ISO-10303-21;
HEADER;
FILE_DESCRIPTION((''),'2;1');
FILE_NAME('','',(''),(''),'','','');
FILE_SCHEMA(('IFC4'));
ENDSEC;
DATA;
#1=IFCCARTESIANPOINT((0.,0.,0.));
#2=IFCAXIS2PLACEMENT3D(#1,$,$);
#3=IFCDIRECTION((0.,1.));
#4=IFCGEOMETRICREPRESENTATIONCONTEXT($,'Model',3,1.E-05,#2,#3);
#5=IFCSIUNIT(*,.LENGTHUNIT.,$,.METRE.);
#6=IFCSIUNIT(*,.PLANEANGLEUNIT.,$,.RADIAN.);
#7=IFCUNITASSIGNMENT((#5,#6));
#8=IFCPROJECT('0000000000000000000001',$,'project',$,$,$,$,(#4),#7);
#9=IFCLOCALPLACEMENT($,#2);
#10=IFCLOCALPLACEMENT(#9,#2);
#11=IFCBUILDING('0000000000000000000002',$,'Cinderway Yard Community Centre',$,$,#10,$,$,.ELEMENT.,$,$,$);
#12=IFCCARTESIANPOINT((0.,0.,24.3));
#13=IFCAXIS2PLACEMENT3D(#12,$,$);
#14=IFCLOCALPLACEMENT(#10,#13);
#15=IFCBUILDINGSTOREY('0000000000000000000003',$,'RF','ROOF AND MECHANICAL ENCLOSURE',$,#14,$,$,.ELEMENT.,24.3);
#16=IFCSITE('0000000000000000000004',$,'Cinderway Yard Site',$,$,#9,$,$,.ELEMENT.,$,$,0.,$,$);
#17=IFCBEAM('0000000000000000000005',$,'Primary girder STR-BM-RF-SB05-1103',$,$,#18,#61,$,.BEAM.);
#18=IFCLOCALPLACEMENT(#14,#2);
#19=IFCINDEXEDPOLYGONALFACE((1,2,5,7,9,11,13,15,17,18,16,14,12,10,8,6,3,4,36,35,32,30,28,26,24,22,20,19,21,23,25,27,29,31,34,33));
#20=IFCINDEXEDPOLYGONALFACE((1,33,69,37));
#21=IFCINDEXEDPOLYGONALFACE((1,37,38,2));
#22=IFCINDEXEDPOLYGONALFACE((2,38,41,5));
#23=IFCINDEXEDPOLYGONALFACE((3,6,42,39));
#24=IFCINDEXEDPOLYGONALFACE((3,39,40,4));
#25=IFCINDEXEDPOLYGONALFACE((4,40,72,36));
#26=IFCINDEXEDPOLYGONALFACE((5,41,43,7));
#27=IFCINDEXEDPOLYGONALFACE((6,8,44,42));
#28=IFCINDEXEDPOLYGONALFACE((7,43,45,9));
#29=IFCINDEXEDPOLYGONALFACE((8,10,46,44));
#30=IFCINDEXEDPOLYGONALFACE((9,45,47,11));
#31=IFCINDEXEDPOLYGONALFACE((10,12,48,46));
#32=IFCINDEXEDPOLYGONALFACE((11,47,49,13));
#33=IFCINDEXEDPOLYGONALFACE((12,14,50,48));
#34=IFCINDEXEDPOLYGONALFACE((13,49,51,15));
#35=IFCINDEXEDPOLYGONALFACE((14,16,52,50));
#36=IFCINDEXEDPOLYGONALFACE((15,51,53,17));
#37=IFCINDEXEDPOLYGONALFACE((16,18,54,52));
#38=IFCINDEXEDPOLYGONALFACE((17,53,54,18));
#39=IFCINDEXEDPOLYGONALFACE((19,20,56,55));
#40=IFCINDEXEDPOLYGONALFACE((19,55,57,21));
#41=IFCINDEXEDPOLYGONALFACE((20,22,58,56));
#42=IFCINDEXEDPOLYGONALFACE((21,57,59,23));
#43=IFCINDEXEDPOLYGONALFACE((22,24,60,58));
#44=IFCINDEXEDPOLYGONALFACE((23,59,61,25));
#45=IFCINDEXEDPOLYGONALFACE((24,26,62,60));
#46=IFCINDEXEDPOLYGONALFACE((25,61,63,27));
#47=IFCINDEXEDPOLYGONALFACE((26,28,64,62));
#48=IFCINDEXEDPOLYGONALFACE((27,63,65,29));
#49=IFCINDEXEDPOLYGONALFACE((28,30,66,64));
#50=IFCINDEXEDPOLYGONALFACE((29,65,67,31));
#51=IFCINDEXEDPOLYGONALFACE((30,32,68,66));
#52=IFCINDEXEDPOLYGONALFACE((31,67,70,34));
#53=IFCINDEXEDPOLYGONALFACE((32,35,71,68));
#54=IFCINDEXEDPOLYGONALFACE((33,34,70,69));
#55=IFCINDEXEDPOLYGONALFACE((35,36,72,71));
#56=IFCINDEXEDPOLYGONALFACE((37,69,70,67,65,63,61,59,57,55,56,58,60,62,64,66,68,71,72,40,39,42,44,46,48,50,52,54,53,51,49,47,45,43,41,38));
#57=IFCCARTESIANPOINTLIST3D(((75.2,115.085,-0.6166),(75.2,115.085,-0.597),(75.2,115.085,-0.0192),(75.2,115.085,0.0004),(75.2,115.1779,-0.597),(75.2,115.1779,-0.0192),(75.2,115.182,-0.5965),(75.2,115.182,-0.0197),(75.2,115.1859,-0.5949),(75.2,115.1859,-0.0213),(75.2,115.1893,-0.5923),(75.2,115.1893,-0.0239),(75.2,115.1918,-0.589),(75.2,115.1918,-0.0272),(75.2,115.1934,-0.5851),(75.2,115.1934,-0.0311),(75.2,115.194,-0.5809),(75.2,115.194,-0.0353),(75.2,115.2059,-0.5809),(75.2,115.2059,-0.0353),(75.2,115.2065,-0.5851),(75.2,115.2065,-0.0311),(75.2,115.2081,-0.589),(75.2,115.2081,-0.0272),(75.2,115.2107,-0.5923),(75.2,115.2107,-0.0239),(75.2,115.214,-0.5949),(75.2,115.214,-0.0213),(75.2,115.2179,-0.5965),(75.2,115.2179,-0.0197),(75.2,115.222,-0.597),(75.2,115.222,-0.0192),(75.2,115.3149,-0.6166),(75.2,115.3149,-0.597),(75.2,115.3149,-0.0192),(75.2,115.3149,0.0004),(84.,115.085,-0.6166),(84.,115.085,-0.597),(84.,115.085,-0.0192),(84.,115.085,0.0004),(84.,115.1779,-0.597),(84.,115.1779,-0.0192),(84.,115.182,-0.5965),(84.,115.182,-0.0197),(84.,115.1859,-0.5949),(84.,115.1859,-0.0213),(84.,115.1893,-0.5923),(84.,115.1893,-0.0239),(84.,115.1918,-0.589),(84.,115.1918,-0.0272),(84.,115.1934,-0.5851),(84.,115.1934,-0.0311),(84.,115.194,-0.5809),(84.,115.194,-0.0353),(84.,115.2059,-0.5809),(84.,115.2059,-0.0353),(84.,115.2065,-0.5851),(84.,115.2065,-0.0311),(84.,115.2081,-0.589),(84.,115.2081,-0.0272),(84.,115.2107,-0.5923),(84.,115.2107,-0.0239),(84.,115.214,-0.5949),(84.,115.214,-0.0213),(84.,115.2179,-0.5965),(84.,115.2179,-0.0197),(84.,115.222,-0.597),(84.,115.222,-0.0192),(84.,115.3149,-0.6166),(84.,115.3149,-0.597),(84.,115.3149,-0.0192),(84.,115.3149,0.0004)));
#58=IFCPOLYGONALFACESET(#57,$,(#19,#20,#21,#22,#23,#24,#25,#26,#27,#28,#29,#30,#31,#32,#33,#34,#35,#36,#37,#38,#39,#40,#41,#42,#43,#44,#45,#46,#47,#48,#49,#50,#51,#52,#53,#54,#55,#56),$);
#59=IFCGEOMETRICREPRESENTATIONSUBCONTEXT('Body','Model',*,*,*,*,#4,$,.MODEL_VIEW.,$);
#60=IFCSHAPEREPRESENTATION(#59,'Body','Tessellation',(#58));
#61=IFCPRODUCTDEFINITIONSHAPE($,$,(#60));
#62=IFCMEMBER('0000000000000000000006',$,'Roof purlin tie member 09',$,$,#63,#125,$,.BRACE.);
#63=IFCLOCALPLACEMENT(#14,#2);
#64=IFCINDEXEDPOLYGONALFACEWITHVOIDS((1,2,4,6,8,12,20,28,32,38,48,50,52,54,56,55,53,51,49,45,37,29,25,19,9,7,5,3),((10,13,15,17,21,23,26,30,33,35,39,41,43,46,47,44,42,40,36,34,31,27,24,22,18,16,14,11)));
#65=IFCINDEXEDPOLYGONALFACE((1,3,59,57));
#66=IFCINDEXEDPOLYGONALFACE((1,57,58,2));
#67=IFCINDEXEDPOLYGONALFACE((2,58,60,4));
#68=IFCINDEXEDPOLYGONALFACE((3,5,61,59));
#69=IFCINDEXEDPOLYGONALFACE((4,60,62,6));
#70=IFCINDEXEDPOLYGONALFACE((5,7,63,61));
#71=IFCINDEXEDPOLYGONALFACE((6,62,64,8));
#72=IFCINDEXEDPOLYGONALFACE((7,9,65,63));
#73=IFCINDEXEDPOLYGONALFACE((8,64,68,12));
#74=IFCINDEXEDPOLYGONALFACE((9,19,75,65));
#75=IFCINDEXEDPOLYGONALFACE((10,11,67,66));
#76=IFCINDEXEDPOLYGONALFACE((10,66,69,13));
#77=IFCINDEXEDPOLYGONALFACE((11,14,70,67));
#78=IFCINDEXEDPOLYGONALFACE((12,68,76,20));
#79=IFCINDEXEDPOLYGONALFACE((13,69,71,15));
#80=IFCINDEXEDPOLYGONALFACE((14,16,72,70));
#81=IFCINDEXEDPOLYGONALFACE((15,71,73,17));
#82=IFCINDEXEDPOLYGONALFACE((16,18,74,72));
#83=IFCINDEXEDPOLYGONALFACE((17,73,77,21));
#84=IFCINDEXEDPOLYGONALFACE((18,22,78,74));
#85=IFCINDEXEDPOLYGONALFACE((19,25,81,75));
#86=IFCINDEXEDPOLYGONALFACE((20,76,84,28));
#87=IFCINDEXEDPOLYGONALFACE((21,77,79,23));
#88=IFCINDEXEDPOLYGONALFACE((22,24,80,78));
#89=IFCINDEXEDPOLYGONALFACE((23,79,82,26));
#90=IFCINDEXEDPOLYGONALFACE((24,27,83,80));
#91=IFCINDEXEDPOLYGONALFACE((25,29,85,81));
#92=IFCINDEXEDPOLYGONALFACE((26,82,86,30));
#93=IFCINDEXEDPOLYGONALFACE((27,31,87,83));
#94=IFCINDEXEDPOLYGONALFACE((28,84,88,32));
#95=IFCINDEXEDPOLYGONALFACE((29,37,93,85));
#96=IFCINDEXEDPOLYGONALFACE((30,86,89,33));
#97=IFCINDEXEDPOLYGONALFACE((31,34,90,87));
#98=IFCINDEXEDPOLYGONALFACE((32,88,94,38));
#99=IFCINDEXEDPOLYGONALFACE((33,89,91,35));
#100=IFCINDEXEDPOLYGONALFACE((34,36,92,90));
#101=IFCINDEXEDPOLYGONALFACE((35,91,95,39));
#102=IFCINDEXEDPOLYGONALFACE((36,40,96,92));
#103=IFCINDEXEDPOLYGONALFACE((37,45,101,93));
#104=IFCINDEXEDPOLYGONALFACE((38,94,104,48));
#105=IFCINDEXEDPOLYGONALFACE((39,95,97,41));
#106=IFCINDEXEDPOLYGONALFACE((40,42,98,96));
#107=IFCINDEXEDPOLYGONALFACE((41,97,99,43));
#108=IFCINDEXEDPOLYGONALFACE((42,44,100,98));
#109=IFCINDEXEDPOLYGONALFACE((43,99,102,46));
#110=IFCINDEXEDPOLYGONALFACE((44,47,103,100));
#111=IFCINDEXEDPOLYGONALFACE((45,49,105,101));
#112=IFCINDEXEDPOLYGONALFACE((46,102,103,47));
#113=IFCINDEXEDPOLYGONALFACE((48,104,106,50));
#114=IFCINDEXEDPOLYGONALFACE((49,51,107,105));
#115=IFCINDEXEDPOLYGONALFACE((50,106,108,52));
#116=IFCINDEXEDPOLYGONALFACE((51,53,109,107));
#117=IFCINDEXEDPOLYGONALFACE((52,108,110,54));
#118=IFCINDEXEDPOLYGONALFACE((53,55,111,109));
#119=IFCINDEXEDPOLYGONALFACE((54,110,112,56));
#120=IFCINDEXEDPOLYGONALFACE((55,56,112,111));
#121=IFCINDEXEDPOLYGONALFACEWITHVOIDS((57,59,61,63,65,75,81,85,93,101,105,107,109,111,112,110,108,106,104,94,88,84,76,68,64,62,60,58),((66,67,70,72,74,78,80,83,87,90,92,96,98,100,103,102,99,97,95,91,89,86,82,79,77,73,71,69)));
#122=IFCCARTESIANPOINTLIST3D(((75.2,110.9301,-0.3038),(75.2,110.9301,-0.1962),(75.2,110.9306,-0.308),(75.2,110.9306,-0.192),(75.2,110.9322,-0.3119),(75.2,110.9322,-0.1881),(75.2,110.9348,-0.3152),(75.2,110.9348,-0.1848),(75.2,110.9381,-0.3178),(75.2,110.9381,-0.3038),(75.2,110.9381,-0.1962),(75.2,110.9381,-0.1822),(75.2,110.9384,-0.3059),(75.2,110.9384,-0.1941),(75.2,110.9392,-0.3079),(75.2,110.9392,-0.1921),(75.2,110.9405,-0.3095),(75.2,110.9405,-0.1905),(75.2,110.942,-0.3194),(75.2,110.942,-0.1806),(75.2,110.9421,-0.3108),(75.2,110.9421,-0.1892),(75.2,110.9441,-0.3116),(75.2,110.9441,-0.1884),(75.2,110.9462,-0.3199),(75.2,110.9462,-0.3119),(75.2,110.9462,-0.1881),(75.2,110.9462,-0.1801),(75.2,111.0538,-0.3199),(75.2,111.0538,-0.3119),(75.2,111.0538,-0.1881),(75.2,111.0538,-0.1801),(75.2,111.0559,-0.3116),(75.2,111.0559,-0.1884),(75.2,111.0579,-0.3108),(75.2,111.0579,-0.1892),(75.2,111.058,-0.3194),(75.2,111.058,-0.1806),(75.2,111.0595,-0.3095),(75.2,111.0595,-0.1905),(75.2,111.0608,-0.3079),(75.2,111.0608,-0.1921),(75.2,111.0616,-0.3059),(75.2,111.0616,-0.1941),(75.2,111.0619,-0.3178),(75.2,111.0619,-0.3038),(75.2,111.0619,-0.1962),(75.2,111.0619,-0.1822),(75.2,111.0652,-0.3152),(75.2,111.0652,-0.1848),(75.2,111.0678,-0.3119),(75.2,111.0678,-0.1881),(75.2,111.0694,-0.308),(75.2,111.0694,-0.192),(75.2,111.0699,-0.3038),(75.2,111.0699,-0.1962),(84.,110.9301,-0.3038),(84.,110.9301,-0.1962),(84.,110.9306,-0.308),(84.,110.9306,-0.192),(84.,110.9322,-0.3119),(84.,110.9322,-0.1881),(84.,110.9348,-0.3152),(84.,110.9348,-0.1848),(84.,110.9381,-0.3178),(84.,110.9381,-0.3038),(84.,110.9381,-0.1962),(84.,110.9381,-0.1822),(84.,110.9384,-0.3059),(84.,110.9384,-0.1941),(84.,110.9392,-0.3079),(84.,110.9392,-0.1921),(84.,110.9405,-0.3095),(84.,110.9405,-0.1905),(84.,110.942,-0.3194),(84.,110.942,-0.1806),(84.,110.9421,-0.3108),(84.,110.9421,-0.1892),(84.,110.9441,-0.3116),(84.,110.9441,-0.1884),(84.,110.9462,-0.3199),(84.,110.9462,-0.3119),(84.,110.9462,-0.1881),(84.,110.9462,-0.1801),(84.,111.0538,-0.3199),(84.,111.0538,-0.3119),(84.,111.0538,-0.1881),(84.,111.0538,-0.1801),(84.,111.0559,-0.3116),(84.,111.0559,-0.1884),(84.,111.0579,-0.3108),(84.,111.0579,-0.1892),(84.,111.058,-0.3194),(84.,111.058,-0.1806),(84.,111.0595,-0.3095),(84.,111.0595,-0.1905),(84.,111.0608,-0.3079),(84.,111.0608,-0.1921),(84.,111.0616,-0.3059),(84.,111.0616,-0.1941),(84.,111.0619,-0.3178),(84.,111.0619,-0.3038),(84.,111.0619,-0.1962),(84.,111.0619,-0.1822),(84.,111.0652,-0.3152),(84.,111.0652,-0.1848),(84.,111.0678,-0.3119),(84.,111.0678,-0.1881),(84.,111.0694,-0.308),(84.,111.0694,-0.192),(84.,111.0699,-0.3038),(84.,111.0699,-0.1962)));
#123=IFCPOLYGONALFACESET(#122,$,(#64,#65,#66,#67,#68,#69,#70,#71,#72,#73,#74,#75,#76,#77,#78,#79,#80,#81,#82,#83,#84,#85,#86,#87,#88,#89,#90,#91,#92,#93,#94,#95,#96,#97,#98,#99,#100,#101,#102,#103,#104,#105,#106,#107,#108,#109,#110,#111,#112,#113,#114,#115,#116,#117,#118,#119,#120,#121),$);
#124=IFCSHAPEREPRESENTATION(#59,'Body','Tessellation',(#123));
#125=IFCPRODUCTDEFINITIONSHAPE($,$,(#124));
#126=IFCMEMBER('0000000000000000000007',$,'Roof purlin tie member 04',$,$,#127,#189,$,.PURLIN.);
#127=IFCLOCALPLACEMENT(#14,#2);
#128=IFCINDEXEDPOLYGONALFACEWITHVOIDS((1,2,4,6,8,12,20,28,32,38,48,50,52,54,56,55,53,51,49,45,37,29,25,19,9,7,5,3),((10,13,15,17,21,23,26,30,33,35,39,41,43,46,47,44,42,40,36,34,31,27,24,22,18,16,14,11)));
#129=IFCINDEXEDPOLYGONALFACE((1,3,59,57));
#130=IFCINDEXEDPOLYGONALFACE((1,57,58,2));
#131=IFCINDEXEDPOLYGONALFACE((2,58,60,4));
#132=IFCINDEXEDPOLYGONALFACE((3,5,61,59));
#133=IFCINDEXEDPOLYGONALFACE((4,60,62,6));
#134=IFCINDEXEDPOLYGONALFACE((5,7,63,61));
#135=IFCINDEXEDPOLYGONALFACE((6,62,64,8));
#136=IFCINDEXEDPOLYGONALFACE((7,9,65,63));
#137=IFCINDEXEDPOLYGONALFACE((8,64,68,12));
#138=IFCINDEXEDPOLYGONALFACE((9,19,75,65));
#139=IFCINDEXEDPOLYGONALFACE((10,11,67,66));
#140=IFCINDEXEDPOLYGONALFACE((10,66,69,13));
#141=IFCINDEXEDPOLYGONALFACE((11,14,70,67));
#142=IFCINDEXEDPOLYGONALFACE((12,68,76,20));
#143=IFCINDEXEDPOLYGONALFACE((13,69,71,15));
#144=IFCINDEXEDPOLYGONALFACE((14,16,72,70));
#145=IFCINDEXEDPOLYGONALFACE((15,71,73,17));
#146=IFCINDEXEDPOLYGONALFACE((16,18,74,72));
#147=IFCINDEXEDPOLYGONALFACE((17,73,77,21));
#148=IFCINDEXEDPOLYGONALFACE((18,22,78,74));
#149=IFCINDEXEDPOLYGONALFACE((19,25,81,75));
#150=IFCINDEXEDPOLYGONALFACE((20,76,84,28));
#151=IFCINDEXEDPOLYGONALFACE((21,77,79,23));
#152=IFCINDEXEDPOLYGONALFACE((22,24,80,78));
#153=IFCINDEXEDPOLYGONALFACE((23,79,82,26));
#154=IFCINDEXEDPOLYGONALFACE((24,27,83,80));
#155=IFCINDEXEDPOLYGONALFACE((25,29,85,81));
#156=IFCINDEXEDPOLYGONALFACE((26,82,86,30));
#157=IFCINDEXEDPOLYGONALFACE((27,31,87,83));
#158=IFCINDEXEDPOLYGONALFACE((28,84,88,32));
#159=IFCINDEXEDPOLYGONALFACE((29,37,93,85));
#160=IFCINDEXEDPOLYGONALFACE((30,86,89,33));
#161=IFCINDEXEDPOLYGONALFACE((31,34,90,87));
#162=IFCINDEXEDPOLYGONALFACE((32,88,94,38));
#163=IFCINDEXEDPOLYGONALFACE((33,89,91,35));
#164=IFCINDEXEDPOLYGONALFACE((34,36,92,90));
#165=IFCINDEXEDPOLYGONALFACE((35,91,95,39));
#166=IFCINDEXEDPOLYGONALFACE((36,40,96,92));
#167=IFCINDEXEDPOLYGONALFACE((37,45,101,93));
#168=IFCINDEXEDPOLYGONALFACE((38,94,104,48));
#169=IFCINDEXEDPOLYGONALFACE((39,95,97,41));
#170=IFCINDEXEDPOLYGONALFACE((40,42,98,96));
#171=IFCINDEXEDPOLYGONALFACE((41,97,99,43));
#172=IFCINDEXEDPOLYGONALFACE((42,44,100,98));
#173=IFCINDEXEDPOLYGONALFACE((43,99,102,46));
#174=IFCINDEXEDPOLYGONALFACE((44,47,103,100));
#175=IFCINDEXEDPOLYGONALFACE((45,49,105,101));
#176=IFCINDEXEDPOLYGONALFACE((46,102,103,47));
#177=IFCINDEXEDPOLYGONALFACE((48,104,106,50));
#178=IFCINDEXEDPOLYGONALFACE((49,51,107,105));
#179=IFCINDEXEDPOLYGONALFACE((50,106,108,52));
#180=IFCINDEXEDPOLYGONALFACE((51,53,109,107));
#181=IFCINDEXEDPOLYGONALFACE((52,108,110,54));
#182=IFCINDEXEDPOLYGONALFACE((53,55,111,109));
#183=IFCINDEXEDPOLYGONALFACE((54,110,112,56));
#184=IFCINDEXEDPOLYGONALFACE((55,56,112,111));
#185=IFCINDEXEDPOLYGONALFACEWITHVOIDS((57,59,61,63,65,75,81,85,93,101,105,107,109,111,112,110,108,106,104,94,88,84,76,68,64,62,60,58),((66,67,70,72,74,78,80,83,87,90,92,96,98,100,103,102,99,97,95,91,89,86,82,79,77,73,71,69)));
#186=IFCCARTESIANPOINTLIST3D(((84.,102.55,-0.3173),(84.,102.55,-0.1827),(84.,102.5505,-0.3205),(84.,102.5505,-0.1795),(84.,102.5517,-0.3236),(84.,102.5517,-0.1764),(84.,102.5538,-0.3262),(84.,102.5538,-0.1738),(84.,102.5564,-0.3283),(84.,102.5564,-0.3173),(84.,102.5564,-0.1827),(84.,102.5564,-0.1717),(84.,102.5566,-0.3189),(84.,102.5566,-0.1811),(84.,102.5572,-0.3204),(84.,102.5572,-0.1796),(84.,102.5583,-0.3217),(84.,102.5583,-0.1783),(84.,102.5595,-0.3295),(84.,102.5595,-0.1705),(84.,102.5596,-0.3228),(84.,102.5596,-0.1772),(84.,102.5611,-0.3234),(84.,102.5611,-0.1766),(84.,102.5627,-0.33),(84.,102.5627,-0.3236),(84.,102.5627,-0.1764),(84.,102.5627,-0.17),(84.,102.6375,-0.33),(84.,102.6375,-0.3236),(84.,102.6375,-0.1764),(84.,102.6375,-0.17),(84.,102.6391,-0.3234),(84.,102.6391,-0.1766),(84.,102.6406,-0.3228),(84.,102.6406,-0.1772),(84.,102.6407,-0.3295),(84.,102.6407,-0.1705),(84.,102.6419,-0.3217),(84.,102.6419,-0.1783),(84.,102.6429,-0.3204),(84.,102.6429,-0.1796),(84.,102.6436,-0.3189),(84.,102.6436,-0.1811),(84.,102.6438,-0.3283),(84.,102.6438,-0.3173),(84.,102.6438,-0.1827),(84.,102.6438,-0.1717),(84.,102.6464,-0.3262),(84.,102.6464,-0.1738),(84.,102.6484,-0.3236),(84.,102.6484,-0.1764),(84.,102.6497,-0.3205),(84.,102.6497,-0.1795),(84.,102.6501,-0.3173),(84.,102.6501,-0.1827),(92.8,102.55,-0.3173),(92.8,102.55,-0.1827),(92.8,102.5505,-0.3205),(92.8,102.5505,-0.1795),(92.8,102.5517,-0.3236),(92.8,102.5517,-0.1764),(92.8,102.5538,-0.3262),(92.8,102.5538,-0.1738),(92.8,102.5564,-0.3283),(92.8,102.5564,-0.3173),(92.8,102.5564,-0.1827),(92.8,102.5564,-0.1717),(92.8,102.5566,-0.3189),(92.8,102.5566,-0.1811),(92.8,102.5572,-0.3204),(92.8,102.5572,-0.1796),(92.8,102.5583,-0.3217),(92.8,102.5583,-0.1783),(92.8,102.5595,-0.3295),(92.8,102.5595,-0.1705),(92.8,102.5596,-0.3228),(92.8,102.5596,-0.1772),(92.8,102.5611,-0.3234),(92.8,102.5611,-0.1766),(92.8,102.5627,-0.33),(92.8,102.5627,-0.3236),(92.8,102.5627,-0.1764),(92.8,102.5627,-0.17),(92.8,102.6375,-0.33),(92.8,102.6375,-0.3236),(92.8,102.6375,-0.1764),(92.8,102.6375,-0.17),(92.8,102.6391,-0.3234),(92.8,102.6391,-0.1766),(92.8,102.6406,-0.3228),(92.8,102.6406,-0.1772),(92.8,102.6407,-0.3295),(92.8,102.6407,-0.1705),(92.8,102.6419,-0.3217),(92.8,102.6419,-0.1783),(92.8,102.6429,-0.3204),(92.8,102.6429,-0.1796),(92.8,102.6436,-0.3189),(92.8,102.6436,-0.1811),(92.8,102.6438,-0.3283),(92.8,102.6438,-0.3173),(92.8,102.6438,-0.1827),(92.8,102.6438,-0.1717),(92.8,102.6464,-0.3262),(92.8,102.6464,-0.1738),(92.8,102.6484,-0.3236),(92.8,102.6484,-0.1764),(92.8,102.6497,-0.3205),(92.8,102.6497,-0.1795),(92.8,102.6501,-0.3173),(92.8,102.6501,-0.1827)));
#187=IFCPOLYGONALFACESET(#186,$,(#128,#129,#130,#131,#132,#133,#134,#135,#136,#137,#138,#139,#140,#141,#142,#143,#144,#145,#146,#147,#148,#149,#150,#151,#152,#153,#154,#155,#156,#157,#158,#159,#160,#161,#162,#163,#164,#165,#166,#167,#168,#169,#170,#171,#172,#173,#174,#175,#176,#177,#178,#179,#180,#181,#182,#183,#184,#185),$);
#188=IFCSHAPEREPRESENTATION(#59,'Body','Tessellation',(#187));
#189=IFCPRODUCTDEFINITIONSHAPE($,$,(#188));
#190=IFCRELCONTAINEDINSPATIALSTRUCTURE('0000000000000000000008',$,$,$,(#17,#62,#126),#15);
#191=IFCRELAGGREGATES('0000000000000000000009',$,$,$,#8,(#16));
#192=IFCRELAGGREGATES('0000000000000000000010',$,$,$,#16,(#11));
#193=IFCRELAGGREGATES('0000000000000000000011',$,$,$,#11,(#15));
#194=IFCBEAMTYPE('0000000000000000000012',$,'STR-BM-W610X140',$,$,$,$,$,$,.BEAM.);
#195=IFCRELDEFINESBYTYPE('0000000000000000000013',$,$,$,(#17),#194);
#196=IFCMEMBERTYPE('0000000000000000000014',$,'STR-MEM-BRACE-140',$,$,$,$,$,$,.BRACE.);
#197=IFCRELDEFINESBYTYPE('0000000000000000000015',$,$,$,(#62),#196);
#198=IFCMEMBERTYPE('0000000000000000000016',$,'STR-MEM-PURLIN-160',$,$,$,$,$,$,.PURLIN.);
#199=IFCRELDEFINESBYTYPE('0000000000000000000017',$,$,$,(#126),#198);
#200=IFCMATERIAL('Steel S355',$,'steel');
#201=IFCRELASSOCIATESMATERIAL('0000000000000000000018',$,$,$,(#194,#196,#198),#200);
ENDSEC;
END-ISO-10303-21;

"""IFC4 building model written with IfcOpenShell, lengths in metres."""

from ifc_helpers import new_model, si_unit, direction, frame, origin, origin_2d, place, context, subcontext, project, spatial, hollow_rectangle, i_section, extrude, material, material_profile, profile_set, type_object, element, save


model = new_model("IFC4")

# Units and contexts
model_context = context("Model", 3, precision=1e-05, world=origin(), true_north=direction((0.0, 1.0)))
body_context = subcontext(model_context, "Body", "Model", "MODEL_VIEW")
ifc_project = project(units=[si_unit("LENGTHUNIT", "METRE"), si_unit("PLANEANGLEUNIT", "RADIAN")], contexts=[model_context])

# Site, building, storey
site_placement = place(None, origin())
site = spatial("IfcSite", under=ifc_project, at=site_placement, Name="Cinderway Yard Site", CompositionType="ELEMENT", RefElevation=0.0)
building_placement = place(site_placement, origin())
building = spatial("IfcBuilding", under=site, at=building_placement, Name="Cinderway Yard Community Centre", CompositionType="ELEMENT")
storey_placement = place(building_placement, frame((0.0, 0.0, 24.3)))
storey = spatial("IfcBuildingStorey", under=building, at=storey_placement, Name="RF", Description="ROOF AND MECHANICAL ENCLOSURE", CompositionType="ELEMENT", Elevation=24.3)

# Shared definitions
ifc_material = material(Name="Steel S355", Category="steel")

# Beam
ifc_material_profile_1 = material_profile(ifc_material, i_section(OverallWidth=0.23, OverallDepth=0.6169, WebThickness=0.012, FlangeThickness=0.0195, FilletRadius=0.0161, at=origin_2d()), Name="Steel S355")
ifc_profile_set_1 = profile_set([ifc_material_profile_1], Name="Steel S355")
beam_type_1 = type_object("IfcBeamType", Name="STR-BM-W610X140", PredefinedType="BEAM", material=ifc_profile_set_1)
for number, where, z_axis, x_axis, name in (
    (1, (75.2, 115.2, -0.3081), (1.0, 0.0, 0.0), (0.0, 1.0, 0.0), "Primary girder STR-BM-RF-SB05-1103"),
):
    element("IfcBeam", number, at=place(storey_placement, frame(where, z_axis=z_axis, x_axis=x_axis)), inside=storey, type_object=beam_type_1, Name=name, PredefinedType="BEAM", context=body_context, shape_type="SweptSolid", body=[
        extrude(i_section(OverallWidth=0.23, OverallDepth=0.6169, WebThickness=0.012, FlangeThickness=0.0195, FilletRadius=0.0161, at=origin_2d()), origin(), (0.0, 0.0, 1.0), 8.8),
    ])

# Members
ifc_material_profile_2 = material_profile(ifc_material, hollow_rectangle(XDim=0.1399, YDim=0.1399, WallThickness=0.0081, InnerFilletRadius=0.0081, OuterFilletRadius=0.0161, at=origin_2d()), Name="Steel S355")
ifc_profile_set_2 = profile_set([ifc_material_profile_2], Name="Steel S355")
member_type_1 = type_object("IfcMemberType", Name="STR-MEM-BRACE-140", PredefinedType="BRACE", material=ifc_profile_set_2)
member_1_placement = place(storey_placement, frame((75.2, 111.0, -0.25), z_axis=(1.0, 0.0, 0.0), x_axis=(0.0, 1.0, 0.0)))
element("IfcMember", 2, at=member_1_placement, inside=storey, type_object=member_type_1, Name="Roof purlin tie member 09", PredefinedType="BRACE", context=body_context, shape_type="SweptSolid", body=[
    extrude(hollow_rectangle(XDim=0.1399, YDim=0.1399, WallThickness=0.0081, InnerFilletRadius=0.0081, OuterFilletRadius=0.0161, at=origin_2d()), origin(), (0.0, 0.0, 1.0), 8.8),
])
ifc_material_profile_3 = material_profile(ifc_material, hollow_rectangle(XDim=0.1001, YDim=0.1599, WallThickness=0.0063, InnerFilletRadius=0.0063, OuterFilletRadius=0.0127, at=origin_2d()), Name="Steel S355")
ifc_profile_set_3 = profile_set([ifc_material_profile_3], Name="Steel S355")
member_type_2 = type_object("IfcMemberType", Name="STR-MEM-PURLIN-160", PredefinedType="PURLIN", material=ifc_profile_set_3)
member_2_placement = place(storey_placement, frame((84.0, 102.6001, -0.25), z_axis=(1.0, 0.0, 0.0), x_axis=(0.0, 1.0, 0.0)))
element("IfcMember", 3, at=member_2_placement, inside=storey, type_object=member_type_2, Name="Roof purlin tie member 04", PredefinedType="PURLIN", context=body_context, shape_type="SweptSolid", body=[
    extrude(hollow_rectangle(XDim=0.1001, YDim=0.1599, WallThickness=0.0063, InnerFilletRadius=0.0063, OuterFilletRadius=0.0127, at=origin_2d()), origin(), (0.0, 0.0, 1.0), 8.8),
])

save(model, "model.ifc")
